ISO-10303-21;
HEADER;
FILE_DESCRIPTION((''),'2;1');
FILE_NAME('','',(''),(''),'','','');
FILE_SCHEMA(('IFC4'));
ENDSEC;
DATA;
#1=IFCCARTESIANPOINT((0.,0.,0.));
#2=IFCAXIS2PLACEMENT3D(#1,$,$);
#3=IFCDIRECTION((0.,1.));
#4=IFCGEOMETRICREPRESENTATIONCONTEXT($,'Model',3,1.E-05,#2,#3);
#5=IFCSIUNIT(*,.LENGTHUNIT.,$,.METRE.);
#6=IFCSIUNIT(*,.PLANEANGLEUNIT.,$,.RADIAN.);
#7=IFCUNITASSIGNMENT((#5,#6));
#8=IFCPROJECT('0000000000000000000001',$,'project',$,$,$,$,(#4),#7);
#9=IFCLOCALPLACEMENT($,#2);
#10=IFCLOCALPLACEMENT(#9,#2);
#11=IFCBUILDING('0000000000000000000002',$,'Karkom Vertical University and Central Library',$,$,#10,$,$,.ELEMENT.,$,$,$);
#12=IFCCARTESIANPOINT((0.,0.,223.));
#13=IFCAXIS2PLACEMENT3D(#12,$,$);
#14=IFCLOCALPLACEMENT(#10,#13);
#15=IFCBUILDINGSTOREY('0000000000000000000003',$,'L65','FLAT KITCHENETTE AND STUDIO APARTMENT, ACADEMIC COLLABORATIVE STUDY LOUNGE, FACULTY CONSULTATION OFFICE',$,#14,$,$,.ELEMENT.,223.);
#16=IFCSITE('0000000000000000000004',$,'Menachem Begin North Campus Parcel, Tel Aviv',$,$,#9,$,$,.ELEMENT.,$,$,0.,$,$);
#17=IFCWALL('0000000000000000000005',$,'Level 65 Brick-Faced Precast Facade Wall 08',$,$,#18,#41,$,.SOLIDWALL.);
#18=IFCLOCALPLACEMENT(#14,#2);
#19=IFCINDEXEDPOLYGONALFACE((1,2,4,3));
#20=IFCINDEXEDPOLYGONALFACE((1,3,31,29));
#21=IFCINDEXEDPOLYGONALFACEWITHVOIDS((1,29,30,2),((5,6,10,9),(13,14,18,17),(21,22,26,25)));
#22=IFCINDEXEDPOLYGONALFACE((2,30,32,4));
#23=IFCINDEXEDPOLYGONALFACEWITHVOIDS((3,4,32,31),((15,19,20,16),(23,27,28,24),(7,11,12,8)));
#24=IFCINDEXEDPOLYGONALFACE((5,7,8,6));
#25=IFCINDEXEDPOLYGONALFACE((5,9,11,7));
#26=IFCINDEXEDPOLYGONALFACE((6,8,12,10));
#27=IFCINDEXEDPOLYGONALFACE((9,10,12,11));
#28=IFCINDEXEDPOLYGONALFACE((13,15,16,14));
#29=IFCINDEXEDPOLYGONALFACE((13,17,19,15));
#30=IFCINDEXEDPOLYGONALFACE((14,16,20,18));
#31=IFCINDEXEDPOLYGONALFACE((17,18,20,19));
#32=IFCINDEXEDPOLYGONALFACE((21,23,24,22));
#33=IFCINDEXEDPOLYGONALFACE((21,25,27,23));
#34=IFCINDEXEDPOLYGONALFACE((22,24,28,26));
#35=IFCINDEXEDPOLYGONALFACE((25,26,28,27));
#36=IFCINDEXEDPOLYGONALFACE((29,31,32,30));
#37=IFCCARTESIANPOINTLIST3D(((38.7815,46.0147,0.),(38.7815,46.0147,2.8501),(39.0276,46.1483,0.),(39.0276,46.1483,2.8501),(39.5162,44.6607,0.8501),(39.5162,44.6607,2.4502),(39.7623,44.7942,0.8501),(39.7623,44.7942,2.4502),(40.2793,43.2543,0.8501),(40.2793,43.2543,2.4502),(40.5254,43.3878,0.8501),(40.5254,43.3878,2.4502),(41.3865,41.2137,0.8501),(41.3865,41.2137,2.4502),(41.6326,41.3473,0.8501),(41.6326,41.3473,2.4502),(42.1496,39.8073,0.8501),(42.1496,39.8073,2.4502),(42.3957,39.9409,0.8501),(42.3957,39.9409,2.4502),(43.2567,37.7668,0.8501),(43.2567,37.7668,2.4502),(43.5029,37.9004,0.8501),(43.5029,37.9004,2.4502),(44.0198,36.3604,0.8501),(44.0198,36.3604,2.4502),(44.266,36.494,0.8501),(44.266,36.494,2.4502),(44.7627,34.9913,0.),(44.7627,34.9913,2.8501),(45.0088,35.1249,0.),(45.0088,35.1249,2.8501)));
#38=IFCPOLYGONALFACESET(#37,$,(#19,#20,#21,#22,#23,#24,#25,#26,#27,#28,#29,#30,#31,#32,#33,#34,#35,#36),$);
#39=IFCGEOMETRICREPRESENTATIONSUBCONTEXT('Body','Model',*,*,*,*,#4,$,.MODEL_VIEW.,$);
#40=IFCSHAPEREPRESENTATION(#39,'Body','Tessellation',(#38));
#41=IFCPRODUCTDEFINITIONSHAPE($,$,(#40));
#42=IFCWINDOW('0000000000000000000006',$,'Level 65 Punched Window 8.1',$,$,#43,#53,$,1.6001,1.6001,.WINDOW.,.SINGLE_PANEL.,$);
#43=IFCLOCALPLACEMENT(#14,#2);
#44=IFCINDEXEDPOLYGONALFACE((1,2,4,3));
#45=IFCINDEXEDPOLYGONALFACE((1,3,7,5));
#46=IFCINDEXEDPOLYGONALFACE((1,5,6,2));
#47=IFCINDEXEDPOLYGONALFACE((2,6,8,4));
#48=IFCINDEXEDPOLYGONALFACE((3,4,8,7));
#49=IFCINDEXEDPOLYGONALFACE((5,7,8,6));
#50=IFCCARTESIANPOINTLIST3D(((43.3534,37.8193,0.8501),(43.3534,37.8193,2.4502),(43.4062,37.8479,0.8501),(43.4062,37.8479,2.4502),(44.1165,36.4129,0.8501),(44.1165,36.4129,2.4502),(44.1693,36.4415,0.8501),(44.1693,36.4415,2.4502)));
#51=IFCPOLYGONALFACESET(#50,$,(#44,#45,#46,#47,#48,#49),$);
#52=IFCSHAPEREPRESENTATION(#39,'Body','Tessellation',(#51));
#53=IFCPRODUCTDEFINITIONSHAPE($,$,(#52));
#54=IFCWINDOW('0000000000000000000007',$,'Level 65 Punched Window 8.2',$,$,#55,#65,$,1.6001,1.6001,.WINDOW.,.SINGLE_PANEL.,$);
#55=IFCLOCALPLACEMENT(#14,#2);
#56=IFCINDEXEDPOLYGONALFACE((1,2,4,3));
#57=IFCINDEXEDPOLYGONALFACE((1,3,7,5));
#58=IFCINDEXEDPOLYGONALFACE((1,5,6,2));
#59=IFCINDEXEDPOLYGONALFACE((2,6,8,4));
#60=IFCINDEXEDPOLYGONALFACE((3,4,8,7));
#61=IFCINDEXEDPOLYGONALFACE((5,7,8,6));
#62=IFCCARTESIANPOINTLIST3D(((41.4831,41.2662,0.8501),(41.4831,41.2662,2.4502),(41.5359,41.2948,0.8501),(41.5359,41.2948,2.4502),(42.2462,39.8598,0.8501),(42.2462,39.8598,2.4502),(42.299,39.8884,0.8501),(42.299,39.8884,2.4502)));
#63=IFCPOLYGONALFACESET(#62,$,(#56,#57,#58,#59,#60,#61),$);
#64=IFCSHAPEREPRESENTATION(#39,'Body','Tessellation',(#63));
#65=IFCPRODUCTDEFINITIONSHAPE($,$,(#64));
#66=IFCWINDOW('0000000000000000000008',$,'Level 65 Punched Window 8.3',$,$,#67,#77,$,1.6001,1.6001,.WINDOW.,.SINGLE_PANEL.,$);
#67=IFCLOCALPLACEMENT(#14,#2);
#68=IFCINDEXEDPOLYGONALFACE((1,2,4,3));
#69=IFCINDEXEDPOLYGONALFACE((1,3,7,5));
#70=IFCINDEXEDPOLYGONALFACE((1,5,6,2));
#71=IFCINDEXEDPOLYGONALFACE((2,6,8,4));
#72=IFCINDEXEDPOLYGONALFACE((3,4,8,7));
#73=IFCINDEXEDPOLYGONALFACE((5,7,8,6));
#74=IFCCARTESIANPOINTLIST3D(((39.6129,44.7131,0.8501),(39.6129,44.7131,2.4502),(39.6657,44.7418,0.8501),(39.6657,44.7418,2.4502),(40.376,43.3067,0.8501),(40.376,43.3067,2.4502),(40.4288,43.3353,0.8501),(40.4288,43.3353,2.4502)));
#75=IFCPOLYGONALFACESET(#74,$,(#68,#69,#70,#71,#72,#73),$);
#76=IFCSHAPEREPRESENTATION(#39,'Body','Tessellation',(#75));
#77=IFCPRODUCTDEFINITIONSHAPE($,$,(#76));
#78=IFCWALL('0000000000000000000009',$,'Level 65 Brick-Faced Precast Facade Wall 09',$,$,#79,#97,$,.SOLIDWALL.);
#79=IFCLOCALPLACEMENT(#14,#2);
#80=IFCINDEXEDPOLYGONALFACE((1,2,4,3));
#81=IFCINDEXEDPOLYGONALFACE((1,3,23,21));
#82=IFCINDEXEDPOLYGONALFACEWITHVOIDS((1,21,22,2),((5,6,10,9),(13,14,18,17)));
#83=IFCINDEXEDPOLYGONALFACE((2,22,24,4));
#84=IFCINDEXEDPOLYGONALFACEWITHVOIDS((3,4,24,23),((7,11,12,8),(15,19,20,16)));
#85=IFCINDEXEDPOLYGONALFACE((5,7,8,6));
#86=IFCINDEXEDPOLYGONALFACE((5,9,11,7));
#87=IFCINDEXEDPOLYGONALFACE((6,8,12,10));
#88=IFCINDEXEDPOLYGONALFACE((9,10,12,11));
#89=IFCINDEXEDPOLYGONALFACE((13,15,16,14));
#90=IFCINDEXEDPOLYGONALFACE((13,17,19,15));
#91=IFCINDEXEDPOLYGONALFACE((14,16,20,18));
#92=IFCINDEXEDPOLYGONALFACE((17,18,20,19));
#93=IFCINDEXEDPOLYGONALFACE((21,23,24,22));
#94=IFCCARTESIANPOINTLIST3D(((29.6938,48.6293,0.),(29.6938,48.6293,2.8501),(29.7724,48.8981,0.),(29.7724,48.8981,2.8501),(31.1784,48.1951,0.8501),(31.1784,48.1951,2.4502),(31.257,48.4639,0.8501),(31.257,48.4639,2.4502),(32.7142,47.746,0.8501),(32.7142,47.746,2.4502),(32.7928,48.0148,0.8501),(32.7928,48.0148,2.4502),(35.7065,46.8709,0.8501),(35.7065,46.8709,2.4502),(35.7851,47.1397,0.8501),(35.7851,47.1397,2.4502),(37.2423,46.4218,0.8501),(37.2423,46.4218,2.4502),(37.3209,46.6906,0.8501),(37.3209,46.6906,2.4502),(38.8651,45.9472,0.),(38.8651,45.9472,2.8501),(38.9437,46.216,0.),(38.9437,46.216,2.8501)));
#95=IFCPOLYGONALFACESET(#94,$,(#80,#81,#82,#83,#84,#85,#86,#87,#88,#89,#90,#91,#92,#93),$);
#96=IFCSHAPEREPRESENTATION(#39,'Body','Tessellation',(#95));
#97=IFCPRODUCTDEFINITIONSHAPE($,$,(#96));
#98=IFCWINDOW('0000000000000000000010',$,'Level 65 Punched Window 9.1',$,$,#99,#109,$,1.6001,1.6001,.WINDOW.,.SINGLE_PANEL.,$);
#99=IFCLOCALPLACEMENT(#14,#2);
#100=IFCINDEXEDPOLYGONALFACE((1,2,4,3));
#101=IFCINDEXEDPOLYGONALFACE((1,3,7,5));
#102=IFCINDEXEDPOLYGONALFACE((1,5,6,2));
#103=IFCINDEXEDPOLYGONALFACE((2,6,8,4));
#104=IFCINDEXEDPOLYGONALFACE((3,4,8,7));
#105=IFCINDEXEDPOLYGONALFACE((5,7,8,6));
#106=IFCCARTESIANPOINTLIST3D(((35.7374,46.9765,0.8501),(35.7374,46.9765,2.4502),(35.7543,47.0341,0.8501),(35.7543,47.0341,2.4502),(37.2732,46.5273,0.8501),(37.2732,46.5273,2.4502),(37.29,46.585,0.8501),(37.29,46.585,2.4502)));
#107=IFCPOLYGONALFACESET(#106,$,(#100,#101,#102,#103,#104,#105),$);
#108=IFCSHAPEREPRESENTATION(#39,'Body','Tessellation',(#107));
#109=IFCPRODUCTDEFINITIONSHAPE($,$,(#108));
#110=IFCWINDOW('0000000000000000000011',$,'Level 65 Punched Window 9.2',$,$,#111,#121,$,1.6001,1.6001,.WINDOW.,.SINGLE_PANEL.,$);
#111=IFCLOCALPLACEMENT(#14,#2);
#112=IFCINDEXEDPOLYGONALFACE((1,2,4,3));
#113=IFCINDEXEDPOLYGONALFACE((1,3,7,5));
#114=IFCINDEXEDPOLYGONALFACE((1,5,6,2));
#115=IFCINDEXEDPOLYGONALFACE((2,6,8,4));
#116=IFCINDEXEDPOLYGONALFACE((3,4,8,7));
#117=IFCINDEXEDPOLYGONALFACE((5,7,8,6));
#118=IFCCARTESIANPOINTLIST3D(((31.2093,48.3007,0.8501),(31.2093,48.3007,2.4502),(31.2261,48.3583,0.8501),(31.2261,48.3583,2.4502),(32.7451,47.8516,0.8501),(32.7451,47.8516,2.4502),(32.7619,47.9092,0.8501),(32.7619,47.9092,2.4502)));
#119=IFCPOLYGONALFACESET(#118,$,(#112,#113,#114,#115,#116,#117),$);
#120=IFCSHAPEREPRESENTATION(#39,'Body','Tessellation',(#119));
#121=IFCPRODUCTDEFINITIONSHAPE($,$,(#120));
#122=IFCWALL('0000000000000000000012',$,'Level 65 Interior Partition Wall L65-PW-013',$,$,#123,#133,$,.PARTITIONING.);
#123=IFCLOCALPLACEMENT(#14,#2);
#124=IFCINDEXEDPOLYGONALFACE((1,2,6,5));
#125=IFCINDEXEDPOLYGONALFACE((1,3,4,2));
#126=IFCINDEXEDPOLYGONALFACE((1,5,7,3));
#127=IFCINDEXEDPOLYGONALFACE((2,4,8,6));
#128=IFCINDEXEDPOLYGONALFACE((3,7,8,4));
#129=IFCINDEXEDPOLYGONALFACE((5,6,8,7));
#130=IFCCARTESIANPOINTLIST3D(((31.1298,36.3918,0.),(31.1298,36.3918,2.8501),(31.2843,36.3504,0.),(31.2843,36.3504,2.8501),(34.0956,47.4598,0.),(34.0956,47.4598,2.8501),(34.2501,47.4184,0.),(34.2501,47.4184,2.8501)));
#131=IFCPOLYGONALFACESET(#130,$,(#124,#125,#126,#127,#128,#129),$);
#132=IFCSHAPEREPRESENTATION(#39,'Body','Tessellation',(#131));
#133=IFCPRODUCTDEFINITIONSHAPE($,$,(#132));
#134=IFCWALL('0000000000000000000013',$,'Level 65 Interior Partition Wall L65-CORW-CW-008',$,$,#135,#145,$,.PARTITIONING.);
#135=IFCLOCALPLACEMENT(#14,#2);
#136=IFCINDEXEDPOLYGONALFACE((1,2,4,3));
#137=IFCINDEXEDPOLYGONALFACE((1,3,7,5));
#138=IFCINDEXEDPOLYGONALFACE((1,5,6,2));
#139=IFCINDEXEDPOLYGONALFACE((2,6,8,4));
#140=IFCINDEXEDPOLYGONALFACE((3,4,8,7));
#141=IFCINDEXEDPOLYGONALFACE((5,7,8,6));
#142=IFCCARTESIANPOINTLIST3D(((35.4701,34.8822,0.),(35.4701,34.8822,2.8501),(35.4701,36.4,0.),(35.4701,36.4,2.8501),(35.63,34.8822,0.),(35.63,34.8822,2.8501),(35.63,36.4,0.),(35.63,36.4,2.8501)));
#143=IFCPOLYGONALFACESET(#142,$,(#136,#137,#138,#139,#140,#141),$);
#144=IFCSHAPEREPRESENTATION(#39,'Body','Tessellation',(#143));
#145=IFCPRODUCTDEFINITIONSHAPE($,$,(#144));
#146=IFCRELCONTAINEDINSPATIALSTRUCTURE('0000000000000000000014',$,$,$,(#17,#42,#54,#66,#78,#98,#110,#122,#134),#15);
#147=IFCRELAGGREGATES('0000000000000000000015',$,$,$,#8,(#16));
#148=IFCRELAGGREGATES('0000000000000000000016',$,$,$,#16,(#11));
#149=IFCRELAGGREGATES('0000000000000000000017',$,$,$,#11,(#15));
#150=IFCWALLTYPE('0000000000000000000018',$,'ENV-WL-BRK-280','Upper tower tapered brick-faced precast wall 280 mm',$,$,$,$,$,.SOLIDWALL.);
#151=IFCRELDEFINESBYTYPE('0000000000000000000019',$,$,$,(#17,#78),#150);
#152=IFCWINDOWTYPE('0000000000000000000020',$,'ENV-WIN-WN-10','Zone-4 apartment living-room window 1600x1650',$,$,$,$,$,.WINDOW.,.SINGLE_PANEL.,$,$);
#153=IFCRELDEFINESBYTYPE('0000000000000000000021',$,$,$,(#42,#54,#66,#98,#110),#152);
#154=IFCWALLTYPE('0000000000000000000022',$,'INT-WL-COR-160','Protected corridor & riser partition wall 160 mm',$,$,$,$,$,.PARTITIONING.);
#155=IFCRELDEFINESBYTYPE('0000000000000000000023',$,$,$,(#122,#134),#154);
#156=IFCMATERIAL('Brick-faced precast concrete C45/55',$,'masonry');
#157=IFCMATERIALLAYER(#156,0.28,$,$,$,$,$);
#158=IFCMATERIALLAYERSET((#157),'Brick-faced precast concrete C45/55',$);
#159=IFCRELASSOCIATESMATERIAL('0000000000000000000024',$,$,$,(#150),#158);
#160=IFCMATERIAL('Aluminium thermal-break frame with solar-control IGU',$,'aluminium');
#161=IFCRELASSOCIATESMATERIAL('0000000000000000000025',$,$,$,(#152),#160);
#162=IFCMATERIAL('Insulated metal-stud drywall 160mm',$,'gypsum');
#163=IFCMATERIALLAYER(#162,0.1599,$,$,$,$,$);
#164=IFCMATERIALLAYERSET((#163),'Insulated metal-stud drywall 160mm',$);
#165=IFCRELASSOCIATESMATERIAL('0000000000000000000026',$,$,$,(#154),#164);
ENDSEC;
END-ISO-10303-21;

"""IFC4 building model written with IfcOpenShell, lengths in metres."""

from ifc_helpers import new_model, si_unit, direction, frame, frame_2d, origin, origin_with_axes, place, context, subcontext, project, spatial, rectangle, extrude, source, transform, mapped, material, layer, layer_set, type_object, element, fill, save


model = new_model("IFC4")

# Units and contexts
model_context = context("Model", 3, precision=1e-05, world=origin(), true_north=direction((0.0, 1.0)))
body_context = subcontext(model_context, "Body", "Model", "MODEL_VIEW")
ifc_project = project(units=[si_unit("LENGTHUNIT", "METRE"), si_unit("PLANEANGLEUNIT", "RADIAN")], contexts=[model_context])

# Site, building, storey
site_placement = place(None, origin())
site = spatial("IfcSite", under=ifc_project, at=site_placement, Name="Menachem Begin North Campus Parcel, Tel Aviv", CompositionType="ELEMENT", RefElevation=0.0)
building_placement = place(site_placement, origin())
building = spatial("IfcBuilding", under=site, at=building_placement, Name="Karkom Vertical University and Central Library", CompositionType="ELEMENT")
storey_placement = place(building_placement, frame((0.0, 0.0, 223.0)))
storey = spatial("IfcBuildingStorey", under=building, at=storey_placement, Name="L65", Description="FLAT KITCHENETTE AND STUDIO APARTMENT, ACADEMIC COLLABORATIVE STUDY LOUNGE, FACULTY CONSULTATION OFFICE", CompositionType="ELEMENT", Elevation=223.0)

# Walls, openings, windows
ifc_material_1 = material(Name="Brick-faced precast concrete C45/55", Category="masonry")
ifc_layer_1 = layer(ifc_material_1, 0.28)
ifc_layer_set_1 = layer_set([ifc_layer_1], Name="Brick-faced precast concrete C45/55")
wall_type_1 = type_object("IfcWallType", Name="ENV-WL-BRK-280", Description="Upper tower tapered brick-faced precast wall 280 mm", PredefinedType="SOLIDWALL", material=ifc_layer_set_1)
wall_1_placement = place(storey_placement, frame((44.8857, 35.0581, 0.0), z_axis=(0.0, 0.0, 1.0), x_axis=(-0.47691, 0.878952, 0.0)))
wall_1 = element("IfcWall", 1, at=wall_1_placement, inside=storey, type_object=wall_type_1, Name="Level 65 Brick-Faced Precast Facade Wall 08", PredefinedType="SOLIDWALL", context=body_context, shape_type="SweptSolid", body=[
    extrude(rectangle(XDim=12.5415, YDim=0.28, at=frame_2d((6.2708, 0.0))), origin(), (0.0, 0.0, 1.0), 2.8501),
])
opening_1_placement = place(wall_1_placement, frame((1.5576, 0.0, 0.8501)))
opening_1 = element("IfcOpeningElement", 2, at=opening_1_placement, cuts=wall_1, PredefinedType="OPENING", context=body_context, shape_type="SweptSolid", body=[
    extrude(rectangle(XDim=1.6001, YDim=1.6001, at=frame_2d((0.8, 0.8))), frame((0.0, 0.1499, 0.0), z_axis=(0.0, -1.0, 0.0), x_axis=(1.0, 0.0, 0.0)), (0.0, 0.0, 1.0), 0.3),
])
opening_2_placement = place(wall_1_placement, frame((5.4792, 0.0, 0.8501)))
opening_2 = element("IfcOpeningElement", 3, at=opening_2_placement, cuts=wall_1, PredefinedType="OPENING", context=body_context, shape_type="SweptSolid", body=[
    extrude(rectangle(XDim=1.6001, YDim=1.6001, at=frame_2d((0.8, 0.8))), frame((0.0, 0.1499, 0.0), z_axis=(0.0, -1.0, 0.0), x_axis=(1.0, 0.0, 0.0)), (0.0, 0.0, 1.0), 0.3),
])
opening_3_placement = place(wall_1_placement, frame((9.4009, 0.0, 0.8501)))
opening_3 = element("IfcOpeningElement", 4, at=opening_3_placement, cuts=wall_1, PredefinedType="OPENING", context=body_context, shape_type="SweptSolid", body=[
    extrude(rectangle(XDim=1.6001, YDim=1.6001, at=frame_2d((0.8, 0.8))), frame((0.0, 0.1499, 0.0), z_axis=(0.0, -1.0, 0.0), x_axis=(1.0, 0.0, 0.0)), (0.0, 0.0, 1.0), 0.3),
])
ifc_material_2 = material(Name="Aluminium thermal-break frame with solar-control IGU", Category="aluminium")
window_type = type_object("IfcWindowType", Name="ENV-WIN-WN-10", Description="Zone-4 apartment living-room window 1600x1650", PartitioningType="SINGLE_PANEL", PredefinedType="WINDOW", material=ifc_material_2)
shared_shape_1 = source(origin_with_axes(), body_context, "Body", "SweptSolid", [
    extrude(rectangle(XDim=1.6001, YDim=1.6001, at=frame_2d((0.8, 0.8))), frame((0.0, 0.03, 0.0), z_axis=(0.0, -1.0, 0.0), x_axis=(1.0, 0.0, 0.0)), (0.0, 0.0, 1.0), 0.0601),
])
window_1_placement = place(opening_1_placement, origin())
window_1 = element("IfcWindow", 5, at=window_1_placement, inside=storey, type_object=window_type, Name="Level 65 Punched Window 8.1", OverallHeight=1.6001, OverallWidth=1.6001, PartitioningType="SINGLE_PANEL", PredefinedType="WINDOW", context=body_context, shape_type="MappedRepresentation", body=[
    mapped(shared_shape_1, transform((0.0, 0.0, 0.0), scale=1.0)),
])
fill(opening_1, window_1)
window_2_placement = place(opening_2_placement, origin())
window_2 = element("IfcWindow", 6, at=window_2_placement, inside=storey, type_object=window_type, Name="Level 65 Punched Window 8.2", OverallHeight=1.6001, OverallWidth=1.6001, PartitioningType="SINGLE_PANEL", PredefinedType="WINDOW", context=body_context, shape_type="MappedRepresentation", body=[
    mapped(shared_shape_1, transform((0.0, 0.0, 0.0), scale=1.0)),
])
fill(opening_2, window_2)
window_3_placement = place(opening_3_placement, origin())
window_3 = element("IfcWindow", 7, at=window_3_placement, inside=storey, type_object=window_type, Name="Level 65 Punched Window 8.3", OverallHeight=1.6001, OverallWidth=1.6001, PartitioningType="SINGLE_PANEL", PredefinedType="WINDOW", context=body_context, shape_type="MappedRepresentation", body=[
    mapped(shared_shape_1, transform((0.0, 0.0, 0.0), scale=1.0)),
])
fill(opening_3, window_3)
wall_2_placement = place(storey_placement, frame((38.9045, 46.0815, 0.0), z_axis=(0.0, 0.0, 1.0), x_axis=(-0.959799, 0.280689, 0.0)))
wall_2 = element("IfcWall", 8, at=wall_2_placement, inside=storey, type_object=wall_type_1, Name="Level 65 Brick-Faced Precast Facade Wall 09", PredefinedType="SOLIDWALL", context=body_context, shape_type="SweptSolid", body=[
    extrude(rectangle(XDim=9.5554, YDim=0.28, at=frame_2d((4.7778, 0.0))), origin(), (0.0, 0.0, 1.0), 2.8501),
])
opening_4_placement = place(wall_2_placement, frame((1.6909, 0.0, 0.8501)))
opening_4 = element("IfcOpeningElement", 9, at=opening_4_placement, cuts=wall_2, PredefinedType="OPENING", context=body_context, shape_type="SweptSolid", body=[
    extrude(rectangle(XDim=1.6001, YDim=1.6001, at=frame_2d((0.8, 0.8))), frame((0.0, 0.1499, 0.0), z_axis=(0.0, -1.0, 0.0), x_axis=(1.0, 0.0, 0.0)), (0.0, 0.0, 1.0), 0.3),
])
opening_5_placement = place(wall_2_placement, frame((6.4087, 0.0, 0.8501)))
opening_5 = element("IfcOpeningElement", 10, at=opening_5_placement, cuts=wall_2, PredefinedType="OPENING", context=body_context, shape_type="SweptSolid", body=[
    extrude(rectangle(XDim=1.6001, YDim=1.6001, at=frame_2d((0.8, 0.8))), frame((0.0, 0.1499, 0.0), z_axis=(0.0, -1.0, 0.0), x_axis=(1.0, 0.0, 0.0)), (0.0, 0.0, 1.0), 0.3),
])
window_4_placement = place(opening_4_placement, origin())
window_4 = element("IfcWindow", 11, at=window_4_placement, inside=storey, type_object=window_type, Name="Level 65 Punched Window 9.1", OverallHeight=1.6001, OverallWidth=1.6001, PartitioningType="SINGLE_PANEL", PredefinedType="WINDOW", context=body_context, shape_type="MappedRepresentation", body=[
    mapped(shared_shape_1, transform((0.0, 0.0, 0.0), scale=1.0)),
])
fill(opening_4, window_4)
window_5_placement = place(opening_5_placement, origin())
window_5 = element("IfcWindow", 12, at=window_5_placement, inside=storey, type_object=window_type, Name="Level 65 Punched Window 9.2", OverallHeight=1.6001, OverallWidth=1.6001, PartitioningType="SINGLE_PANEL", PredefinedType="WINDOW", context=body_context, shape_type="MappedRepresentation", body=[
    mapped(shared_shape_1, transform((0.0, 0.0, 0.0), scale=1.0)),
])
fill(opening_5, window_5)

# Walls
ifc_material_3 = material(Name="Insulated metal-stud drywall 160mm", Category="gypsum")
ifc_layer_2 = layer(ifc_material_3, 0.1599)
ifc_layer_set_2 = layer_set([ifc_layer_2], Name="Insulated metal-stud drywall 160mm")
wall_type_2 = type_object("IfcWallType", Name="INT-WL-COR-160", Description="Protected corridor & riser partition wall 160 mm", PredefinedType="PARTITIONING", material=ifc_layer_set_2)
wall_3_placement = place(storey_placement, frame((31.207, 36.3711, 0.0), z_axis=(0.0, 0.0, 1.0), x_axis=(0.258829, 0.965923, 0.0)))
element("IfcWall", 13, at=wall_3_placement, inside=storey, type_object=wall_type_2, Name="Level 65 Interior Partition Wall L65-PW-013", PredefinedType="PARTITIONING", context=body_context, shape_type="SweptSolid", body=[
    extrude(rectangle(XDim=11.4585, YDim=0.1599, at=frame_2d((5.7292, 0.0))), origin(), (0.0, 0.0, 1.0), 2.8501),
])
wall_4_placement = place(storey_placement, frame((35.55, 36.3999, 0.0), z_axis=(0.0, 0.0, 1.0), x_axis=(0.0, -1.0, 0.0)))
element("IfcWall", 14, at=wall_4_placement, inside=storey, type_object=wall_type_2, Name="Level 65 Interior Partition Wall L65-CORW-CW-008", PredefinedType="PARTITIONING", context=body_context, shape_type="SweptSolid", body=[
    extrude(rectangle(XDim=1.5178, YDim=0.1599, at=frame_2d((0.7588, 0.0))), origin(), (0.0, 0.0, 1.0), 2.8501),
])

save(model, "model.ifc")
